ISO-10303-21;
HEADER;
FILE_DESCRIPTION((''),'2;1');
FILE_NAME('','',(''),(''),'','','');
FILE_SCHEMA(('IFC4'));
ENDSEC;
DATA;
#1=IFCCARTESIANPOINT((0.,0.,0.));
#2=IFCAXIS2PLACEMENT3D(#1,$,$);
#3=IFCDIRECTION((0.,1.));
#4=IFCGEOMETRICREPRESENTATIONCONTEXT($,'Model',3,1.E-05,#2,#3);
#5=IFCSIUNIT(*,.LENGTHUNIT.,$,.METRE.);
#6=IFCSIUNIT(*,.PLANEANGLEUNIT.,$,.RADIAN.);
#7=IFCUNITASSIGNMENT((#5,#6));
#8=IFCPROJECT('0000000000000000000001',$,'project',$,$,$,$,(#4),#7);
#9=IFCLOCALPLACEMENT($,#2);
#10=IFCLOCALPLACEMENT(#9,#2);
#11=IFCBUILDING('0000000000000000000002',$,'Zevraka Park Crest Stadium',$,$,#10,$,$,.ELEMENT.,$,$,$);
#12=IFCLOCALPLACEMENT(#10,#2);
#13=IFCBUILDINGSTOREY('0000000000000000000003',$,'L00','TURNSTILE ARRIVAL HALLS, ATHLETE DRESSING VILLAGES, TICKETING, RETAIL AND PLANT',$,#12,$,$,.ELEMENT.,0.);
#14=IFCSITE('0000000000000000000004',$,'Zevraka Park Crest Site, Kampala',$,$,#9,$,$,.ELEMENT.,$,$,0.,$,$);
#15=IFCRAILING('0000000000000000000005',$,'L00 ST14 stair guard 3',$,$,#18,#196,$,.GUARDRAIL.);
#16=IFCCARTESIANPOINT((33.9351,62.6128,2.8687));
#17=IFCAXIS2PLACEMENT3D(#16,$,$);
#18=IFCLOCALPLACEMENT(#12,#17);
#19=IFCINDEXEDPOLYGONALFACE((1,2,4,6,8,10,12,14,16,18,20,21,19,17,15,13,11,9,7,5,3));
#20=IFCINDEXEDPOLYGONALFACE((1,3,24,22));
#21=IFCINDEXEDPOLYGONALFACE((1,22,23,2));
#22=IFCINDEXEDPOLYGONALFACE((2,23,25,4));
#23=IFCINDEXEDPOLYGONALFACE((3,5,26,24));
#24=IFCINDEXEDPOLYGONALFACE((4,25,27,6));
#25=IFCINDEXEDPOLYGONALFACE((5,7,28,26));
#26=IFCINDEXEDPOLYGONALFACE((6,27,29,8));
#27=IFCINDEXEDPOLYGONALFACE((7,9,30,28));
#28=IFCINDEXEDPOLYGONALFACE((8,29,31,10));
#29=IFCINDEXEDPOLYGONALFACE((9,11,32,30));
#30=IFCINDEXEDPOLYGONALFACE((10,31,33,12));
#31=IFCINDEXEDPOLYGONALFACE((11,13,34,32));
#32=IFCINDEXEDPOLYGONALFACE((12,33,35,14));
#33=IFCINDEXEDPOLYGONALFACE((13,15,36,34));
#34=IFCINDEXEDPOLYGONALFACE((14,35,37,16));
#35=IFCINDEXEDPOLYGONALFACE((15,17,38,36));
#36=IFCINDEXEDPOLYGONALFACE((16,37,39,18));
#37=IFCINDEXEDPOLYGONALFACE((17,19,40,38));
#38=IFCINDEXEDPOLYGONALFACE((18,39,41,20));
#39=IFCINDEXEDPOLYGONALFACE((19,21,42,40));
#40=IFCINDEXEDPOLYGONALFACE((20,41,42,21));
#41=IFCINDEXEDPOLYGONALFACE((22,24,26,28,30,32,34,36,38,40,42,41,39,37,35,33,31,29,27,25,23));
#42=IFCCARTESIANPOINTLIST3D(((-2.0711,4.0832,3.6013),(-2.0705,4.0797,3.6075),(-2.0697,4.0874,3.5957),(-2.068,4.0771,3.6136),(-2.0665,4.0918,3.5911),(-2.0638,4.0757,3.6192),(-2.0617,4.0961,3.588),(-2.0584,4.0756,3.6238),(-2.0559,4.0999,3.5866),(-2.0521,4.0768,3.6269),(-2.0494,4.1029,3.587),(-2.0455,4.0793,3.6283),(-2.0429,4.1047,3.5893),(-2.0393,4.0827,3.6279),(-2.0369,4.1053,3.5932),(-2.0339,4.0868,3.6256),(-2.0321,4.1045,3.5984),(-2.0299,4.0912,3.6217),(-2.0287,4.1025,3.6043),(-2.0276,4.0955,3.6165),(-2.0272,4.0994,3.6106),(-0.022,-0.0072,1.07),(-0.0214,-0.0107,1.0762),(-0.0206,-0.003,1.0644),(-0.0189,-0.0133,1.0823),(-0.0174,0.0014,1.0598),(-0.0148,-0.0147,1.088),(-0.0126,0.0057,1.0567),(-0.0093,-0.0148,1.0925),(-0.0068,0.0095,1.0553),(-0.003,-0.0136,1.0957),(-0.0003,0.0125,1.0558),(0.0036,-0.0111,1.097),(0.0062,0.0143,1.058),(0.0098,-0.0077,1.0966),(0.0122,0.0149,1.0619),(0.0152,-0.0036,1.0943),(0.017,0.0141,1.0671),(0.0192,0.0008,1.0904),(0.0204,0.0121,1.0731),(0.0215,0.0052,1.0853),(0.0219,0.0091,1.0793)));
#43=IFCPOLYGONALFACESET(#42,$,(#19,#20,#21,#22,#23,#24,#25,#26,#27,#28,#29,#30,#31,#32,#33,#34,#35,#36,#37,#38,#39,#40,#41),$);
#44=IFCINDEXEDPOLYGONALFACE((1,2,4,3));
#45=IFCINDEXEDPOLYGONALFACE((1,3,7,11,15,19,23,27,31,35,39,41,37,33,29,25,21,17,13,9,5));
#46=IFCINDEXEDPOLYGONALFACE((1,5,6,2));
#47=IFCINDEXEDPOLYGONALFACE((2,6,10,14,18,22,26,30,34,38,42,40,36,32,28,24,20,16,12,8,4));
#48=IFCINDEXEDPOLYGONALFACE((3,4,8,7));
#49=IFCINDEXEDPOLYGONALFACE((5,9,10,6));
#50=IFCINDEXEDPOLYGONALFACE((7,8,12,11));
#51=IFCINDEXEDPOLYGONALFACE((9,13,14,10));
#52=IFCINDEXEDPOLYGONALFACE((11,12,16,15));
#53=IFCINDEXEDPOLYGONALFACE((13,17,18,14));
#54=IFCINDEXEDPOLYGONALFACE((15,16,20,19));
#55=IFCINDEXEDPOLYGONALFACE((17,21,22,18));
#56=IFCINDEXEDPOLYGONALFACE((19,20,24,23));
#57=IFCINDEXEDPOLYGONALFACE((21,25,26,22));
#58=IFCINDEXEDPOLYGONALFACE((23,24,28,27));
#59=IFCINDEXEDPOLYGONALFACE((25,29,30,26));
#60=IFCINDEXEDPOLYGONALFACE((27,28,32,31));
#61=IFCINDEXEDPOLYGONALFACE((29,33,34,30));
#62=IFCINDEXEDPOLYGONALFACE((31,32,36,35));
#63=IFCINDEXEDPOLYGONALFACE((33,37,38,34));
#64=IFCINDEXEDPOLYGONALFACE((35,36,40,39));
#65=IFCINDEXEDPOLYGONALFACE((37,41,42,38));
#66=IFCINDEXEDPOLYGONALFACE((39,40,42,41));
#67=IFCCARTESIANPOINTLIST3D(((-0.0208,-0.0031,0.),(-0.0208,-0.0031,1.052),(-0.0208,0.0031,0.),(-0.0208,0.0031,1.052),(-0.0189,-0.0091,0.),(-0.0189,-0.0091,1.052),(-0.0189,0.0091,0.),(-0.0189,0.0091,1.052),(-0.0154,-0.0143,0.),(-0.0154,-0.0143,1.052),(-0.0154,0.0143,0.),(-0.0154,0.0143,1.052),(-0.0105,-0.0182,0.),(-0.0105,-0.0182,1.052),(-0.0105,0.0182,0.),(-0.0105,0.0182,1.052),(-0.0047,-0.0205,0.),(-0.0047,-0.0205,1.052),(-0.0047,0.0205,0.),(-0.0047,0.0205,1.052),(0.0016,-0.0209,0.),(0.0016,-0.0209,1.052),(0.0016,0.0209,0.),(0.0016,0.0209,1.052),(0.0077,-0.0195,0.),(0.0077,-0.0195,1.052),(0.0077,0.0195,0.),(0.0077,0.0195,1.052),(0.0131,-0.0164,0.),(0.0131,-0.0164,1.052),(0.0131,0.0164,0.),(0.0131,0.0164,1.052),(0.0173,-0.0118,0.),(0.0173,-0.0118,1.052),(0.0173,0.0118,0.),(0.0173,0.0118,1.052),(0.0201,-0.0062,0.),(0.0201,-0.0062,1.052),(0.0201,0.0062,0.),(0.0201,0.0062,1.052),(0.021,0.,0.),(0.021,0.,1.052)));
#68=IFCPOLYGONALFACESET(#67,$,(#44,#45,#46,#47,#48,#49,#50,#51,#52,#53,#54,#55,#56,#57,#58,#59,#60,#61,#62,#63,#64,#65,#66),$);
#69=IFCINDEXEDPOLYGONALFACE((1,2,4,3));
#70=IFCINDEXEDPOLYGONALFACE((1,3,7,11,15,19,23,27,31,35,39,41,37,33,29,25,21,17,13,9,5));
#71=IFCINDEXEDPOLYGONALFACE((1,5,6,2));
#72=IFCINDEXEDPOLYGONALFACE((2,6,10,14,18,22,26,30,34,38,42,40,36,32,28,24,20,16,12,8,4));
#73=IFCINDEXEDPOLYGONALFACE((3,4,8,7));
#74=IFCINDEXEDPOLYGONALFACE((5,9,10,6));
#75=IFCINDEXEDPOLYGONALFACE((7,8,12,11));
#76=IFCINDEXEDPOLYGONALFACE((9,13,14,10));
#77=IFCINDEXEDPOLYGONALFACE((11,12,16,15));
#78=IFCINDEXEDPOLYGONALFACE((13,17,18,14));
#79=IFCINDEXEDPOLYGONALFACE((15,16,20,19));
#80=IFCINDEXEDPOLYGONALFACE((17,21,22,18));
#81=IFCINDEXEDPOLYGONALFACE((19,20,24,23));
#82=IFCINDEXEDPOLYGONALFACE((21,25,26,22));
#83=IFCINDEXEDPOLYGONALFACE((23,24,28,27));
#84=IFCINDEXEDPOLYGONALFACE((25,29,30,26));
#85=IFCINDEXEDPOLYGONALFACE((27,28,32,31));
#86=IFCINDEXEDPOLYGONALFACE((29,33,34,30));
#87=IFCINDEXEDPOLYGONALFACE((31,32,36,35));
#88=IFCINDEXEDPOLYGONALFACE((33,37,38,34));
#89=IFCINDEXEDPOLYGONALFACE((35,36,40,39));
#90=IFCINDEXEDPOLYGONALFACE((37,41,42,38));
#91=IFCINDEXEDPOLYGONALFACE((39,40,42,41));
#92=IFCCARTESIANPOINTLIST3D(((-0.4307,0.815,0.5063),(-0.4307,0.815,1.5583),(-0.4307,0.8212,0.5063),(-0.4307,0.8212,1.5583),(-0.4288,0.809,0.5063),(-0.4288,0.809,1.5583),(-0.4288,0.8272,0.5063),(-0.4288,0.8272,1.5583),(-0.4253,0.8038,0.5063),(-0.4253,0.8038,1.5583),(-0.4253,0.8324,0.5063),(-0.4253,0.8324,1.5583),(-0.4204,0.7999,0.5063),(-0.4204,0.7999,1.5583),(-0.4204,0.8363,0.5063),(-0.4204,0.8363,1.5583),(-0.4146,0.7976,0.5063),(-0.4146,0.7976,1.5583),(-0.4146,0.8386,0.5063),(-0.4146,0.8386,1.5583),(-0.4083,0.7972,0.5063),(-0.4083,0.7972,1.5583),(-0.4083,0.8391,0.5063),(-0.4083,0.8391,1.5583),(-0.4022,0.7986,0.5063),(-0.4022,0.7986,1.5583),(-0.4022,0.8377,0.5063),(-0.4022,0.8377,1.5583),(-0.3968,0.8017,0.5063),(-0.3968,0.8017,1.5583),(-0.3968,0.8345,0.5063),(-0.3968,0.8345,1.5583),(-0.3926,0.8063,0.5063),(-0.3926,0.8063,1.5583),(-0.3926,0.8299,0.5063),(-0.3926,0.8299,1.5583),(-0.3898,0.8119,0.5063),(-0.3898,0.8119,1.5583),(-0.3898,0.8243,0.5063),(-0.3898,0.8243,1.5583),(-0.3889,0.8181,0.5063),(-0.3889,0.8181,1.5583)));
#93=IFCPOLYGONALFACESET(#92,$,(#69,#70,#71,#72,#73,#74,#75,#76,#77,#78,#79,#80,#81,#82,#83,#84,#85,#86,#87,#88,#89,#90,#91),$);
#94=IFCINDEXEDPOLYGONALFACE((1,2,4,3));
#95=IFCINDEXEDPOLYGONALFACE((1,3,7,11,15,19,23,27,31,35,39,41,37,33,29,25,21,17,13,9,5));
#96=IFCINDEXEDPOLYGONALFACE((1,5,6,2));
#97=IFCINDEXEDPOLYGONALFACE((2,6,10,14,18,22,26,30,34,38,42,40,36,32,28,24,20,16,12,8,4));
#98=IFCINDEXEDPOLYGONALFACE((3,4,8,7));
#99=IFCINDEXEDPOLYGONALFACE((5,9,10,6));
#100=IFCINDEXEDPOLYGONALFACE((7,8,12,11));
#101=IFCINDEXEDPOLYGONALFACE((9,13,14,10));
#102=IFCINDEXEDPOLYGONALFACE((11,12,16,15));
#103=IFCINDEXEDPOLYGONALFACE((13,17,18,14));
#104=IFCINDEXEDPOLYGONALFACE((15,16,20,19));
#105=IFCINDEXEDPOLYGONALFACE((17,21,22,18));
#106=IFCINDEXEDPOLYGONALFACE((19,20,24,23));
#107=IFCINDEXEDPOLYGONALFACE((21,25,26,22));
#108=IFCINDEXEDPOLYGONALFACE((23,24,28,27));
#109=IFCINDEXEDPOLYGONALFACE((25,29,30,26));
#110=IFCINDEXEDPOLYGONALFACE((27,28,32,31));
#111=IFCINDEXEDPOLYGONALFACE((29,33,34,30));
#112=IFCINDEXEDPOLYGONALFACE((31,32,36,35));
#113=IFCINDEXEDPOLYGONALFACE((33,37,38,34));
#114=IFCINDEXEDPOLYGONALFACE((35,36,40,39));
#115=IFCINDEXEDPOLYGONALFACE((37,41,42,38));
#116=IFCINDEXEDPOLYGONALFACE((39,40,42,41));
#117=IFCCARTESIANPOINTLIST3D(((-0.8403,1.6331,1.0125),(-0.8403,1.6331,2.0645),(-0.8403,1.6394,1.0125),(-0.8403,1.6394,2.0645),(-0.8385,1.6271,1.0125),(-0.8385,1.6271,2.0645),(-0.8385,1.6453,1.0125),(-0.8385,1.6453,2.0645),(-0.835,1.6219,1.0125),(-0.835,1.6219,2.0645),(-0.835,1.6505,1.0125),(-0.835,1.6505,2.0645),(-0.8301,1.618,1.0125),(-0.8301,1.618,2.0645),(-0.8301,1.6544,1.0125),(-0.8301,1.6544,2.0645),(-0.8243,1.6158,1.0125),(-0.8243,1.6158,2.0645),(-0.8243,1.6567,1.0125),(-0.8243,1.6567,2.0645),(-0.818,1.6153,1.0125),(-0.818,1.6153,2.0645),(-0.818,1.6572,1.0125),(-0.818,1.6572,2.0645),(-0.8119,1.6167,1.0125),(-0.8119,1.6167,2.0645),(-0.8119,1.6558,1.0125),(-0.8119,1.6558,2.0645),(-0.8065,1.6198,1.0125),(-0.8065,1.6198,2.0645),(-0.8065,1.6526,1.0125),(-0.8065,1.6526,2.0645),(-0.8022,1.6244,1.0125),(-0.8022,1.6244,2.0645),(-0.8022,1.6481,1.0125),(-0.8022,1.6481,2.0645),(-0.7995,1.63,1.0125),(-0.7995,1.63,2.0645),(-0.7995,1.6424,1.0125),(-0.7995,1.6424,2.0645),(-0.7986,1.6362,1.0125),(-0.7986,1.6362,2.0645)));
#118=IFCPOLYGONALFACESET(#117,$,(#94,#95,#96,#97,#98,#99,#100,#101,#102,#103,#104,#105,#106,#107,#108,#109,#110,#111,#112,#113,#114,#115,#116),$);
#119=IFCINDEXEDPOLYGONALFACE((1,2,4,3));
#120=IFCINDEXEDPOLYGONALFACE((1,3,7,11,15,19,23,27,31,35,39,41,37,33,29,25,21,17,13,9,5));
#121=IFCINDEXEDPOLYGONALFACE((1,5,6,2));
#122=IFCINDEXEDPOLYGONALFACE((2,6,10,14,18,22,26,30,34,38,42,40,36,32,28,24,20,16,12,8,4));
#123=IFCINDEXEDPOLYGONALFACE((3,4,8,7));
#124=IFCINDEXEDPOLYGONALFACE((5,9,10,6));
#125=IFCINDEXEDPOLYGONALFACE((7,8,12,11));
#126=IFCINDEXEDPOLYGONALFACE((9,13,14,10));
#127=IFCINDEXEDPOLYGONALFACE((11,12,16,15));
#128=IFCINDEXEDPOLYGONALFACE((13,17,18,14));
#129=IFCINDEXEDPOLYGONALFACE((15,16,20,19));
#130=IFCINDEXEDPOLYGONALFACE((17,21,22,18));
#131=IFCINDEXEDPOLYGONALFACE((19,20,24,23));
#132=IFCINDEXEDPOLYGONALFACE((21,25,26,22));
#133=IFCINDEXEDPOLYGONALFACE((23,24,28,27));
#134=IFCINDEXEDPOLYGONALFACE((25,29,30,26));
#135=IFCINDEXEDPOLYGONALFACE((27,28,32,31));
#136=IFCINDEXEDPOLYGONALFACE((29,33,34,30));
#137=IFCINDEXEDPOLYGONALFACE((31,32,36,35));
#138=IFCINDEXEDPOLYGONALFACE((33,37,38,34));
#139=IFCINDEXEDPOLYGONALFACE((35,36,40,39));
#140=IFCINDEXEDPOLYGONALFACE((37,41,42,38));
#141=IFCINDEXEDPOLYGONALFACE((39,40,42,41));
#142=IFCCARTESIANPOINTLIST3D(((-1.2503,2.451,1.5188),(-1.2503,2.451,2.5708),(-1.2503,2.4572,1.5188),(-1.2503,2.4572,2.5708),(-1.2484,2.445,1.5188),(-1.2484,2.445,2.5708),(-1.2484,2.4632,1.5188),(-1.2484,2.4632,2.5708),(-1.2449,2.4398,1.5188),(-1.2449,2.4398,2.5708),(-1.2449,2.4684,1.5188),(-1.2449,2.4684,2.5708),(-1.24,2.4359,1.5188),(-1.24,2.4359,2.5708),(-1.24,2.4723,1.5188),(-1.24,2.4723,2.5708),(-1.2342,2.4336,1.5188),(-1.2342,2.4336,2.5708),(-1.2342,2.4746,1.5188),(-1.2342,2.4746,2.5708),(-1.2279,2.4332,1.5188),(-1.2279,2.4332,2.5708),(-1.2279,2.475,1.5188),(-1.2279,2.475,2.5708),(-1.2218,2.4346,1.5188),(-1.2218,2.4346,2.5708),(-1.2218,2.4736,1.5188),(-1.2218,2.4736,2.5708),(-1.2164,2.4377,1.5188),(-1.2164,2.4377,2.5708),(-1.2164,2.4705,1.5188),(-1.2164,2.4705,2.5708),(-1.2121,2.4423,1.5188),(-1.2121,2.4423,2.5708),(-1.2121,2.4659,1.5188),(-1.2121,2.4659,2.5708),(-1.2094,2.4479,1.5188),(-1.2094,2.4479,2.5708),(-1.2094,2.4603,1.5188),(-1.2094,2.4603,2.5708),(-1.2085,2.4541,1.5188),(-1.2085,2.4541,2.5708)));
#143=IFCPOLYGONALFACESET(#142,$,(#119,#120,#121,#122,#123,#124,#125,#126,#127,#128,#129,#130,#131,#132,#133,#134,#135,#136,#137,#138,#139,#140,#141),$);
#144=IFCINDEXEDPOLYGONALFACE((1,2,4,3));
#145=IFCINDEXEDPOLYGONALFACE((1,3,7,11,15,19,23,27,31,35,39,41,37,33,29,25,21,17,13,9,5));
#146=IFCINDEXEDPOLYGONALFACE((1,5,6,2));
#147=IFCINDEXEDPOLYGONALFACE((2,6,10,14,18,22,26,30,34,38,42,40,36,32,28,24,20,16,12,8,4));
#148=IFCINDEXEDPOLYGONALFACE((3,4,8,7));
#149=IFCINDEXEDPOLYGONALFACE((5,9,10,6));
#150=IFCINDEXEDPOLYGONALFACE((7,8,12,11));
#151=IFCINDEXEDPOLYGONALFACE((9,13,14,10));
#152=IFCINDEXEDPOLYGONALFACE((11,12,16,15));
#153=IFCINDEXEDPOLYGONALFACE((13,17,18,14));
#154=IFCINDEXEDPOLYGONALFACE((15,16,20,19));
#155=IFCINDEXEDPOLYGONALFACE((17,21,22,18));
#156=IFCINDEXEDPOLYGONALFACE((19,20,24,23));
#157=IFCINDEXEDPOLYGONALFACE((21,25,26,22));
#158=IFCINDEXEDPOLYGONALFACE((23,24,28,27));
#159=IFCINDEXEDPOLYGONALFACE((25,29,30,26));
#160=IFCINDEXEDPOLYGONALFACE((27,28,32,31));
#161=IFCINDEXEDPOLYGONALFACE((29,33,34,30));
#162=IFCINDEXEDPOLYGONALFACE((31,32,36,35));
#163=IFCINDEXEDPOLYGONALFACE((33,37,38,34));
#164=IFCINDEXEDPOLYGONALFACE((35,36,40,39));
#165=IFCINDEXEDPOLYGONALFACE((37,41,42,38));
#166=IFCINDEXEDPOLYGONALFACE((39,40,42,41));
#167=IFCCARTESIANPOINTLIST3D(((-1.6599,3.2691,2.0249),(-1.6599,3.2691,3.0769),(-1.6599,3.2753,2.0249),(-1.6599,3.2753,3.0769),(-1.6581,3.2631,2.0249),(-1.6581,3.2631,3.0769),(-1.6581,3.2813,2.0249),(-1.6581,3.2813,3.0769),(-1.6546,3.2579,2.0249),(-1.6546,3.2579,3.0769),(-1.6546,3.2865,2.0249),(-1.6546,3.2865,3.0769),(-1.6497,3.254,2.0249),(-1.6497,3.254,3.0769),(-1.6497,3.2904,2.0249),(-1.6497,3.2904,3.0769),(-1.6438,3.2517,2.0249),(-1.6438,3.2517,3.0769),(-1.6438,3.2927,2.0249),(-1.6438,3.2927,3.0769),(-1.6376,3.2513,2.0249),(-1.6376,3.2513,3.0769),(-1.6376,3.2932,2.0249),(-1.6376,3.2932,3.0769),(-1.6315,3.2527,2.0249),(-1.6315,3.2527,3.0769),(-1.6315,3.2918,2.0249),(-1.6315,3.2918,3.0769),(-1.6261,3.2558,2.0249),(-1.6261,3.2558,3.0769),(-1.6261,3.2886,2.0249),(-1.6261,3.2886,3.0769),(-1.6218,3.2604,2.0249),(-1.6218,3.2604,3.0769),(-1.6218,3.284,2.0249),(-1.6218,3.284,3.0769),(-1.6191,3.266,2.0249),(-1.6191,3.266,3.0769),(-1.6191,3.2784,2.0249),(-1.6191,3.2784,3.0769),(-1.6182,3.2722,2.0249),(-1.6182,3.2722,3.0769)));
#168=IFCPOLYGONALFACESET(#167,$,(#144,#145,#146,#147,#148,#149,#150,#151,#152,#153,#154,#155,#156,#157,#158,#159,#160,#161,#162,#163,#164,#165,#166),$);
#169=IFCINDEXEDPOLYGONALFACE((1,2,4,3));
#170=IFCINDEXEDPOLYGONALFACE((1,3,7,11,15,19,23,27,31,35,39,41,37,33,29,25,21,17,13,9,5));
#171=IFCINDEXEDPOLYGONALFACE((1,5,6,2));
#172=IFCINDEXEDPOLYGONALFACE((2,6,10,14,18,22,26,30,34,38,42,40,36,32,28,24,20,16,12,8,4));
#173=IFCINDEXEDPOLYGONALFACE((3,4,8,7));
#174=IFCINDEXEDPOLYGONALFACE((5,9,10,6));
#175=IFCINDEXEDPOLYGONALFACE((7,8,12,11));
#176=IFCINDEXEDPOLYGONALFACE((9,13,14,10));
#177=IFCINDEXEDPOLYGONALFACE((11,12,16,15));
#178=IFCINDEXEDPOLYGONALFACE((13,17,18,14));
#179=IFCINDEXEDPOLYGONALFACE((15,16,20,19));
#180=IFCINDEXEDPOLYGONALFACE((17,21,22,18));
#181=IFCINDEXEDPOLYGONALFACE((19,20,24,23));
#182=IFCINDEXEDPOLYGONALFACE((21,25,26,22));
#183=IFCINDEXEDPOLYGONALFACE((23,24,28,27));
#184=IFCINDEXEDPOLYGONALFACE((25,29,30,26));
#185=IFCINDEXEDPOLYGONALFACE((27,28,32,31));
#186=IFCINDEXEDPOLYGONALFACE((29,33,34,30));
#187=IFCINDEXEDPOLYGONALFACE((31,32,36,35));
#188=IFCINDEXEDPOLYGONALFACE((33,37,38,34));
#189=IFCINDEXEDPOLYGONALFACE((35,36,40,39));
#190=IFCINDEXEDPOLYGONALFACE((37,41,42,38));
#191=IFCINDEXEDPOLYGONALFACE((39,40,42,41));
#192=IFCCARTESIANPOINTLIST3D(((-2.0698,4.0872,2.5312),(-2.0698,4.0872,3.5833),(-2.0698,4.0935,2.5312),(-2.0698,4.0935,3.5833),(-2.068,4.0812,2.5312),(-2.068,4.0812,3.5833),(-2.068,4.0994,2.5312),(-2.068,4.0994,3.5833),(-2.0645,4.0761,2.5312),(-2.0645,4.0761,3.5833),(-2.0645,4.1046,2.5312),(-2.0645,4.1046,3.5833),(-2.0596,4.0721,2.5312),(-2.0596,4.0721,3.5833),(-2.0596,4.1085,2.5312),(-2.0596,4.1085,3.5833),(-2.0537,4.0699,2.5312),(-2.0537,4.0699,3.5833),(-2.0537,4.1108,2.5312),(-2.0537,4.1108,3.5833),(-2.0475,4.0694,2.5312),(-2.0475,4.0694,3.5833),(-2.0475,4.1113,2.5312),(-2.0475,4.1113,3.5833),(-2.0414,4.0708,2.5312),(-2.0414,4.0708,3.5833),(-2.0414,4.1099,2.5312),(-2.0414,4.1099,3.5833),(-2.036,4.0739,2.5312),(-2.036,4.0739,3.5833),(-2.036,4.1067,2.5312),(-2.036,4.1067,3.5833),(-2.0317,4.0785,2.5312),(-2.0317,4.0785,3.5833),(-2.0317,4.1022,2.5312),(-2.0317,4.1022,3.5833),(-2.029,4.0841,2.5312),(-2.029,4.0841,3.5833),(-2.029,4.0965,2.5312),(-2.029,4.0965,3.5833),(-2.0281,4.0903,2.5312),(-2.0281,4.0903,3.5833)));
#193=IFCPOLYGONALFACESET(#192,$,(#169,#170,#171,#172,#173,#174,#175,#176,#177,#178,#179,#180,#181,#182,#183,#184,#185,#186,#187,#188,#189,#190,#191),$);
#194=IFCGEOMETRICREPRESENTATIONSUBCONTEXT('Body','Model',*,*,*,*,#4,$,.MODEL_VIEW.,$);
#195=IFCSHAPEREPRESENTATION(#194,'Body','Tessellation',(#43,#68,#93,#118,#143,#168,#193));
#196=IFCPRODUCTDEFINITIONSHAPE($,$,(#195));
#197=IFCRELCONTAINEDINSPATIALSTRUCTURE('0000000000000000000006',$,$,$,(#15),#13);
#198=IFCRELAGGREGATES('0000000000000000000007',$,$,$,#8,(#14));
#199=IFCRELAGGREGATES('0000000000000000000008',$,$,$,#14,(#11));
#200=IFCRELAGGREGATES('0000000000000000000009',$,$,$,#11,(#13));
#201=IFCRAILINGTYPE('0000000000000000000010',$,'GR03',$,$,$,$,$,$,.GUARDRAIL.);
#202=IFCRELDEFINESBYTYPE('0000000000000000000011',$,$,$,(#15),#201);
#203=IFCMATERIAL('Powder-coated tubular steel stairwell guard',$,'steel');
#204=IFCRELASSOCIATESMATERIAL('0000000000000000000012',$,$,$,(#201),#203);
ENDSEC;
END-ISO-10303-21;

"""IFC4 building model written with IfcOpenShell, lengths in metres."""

from ifc_helpers import new_model, si_unit, direction, frame, origin, origin_2d, place, context, subcontext, project, spatial, circle, extrude, material, type_object, element, save


model = new_model("IFC4")

# Units and contexts
model_context = context("Model", 3, precision=1e-05, world=origin(), true_north=direction((0.0, 1.0)))
body_context = subcontext(model_context, "Body", "Model", "MODEL_VIEW")
ifc_project = project(units=[si_unit("LENGTHUNIT", "METRE"), si_unit("PLANEANGLEUNIT", "RADIAN")], contexts=[model_context])

# Site, building, storey
site_placement = place(None, origin())
site = spatial("IfcSite", under=ifc_project, at=site_placement, Name="Zevraka Park Crest Site, Kampala", CompositionType="ELEMENT", RefElevation=0.0)
building_placement = place(site_placement, origin())
building = spatial("IfcBuilding", under=site, at=building_placement, Name="Zevraka Park Crest Stadium", CompositionType="ELEMENT")
storey_placement = place(building_placement, origin())
storey = spatial("IfcBuildingStorey", under=building, at=storey_placement, Name="L00", Description="TURNSTILE ARRIVAL HALLS, ATHLETE DRESSING VILLAGES, TICKETING, RETAIL AND PLANT", CompositionType="ELEMENT", Elevation=0.0)

# Railing
ifc_material_1 = material(Name="Powder-coated tubular steel stairwell guard", Category="steel")
railing_type_1 = type_object("IfcRailingType", Name="GR03", PredefinedType="GUARDRAIL", material=ifc_material_1)
railing_1_placement = place(storey_placement, frame((33.9351, 62.6128, 2.8687)))
element("IfcRailing", 1, at=railing_1_placement, inside=storey, type_object=railing_type_1, Name="L00 ST14 stair guard 3", PredefinedType="GUARDRAIL", context=body_context, shape_type="SweptSolid", body=[
    extrude(circle(Radius=0.0239, at=origin_2d()), frame((0.0, 0.0, 1.0762), z_axis=(-0.391908, 0.782321, 0.48413), x_axis=(-0.894085, -0.447897, 0.0)), (0.0, 0.0, 1.0), 5.2285),
    extrude(circle(Radius=0.021, at=origin_2d()), origin(), (0.0, 0.0, 1.0), 1.052),
    extrude(circle(Radius=0.021, at=origin_2d()), frame((-0.4099, 0.8181, 0.5063)), (0.0, 0.0, 1.0), 1.052),
    extrude(circle(Radius=0.021, at=origin_2d()), frame((-0.8196, 1.6362, 1.0125)), (0.0, 0.0, 1.0), 1.052),
    extrude(circle(Radius=0.021, at=origin_2d()), frame((-1.2295, 2.4541, 1.5188)), (0.0, 0.0, 1.0), 1.052),
    extrude(circle(Radius=0.021, at=origin_2d()), frame((-1.6392, 3.2722, 2.0249)), (0.0, 0.0, 1.0), 1.052),
    extrude(circle(Radius=0.021, at=origin_2d()), frame((-2.0491, 4.0903, 2.5312)), (0.0, 0.0, 1.0), 1.052),
])

save(model, "model.ifc")
